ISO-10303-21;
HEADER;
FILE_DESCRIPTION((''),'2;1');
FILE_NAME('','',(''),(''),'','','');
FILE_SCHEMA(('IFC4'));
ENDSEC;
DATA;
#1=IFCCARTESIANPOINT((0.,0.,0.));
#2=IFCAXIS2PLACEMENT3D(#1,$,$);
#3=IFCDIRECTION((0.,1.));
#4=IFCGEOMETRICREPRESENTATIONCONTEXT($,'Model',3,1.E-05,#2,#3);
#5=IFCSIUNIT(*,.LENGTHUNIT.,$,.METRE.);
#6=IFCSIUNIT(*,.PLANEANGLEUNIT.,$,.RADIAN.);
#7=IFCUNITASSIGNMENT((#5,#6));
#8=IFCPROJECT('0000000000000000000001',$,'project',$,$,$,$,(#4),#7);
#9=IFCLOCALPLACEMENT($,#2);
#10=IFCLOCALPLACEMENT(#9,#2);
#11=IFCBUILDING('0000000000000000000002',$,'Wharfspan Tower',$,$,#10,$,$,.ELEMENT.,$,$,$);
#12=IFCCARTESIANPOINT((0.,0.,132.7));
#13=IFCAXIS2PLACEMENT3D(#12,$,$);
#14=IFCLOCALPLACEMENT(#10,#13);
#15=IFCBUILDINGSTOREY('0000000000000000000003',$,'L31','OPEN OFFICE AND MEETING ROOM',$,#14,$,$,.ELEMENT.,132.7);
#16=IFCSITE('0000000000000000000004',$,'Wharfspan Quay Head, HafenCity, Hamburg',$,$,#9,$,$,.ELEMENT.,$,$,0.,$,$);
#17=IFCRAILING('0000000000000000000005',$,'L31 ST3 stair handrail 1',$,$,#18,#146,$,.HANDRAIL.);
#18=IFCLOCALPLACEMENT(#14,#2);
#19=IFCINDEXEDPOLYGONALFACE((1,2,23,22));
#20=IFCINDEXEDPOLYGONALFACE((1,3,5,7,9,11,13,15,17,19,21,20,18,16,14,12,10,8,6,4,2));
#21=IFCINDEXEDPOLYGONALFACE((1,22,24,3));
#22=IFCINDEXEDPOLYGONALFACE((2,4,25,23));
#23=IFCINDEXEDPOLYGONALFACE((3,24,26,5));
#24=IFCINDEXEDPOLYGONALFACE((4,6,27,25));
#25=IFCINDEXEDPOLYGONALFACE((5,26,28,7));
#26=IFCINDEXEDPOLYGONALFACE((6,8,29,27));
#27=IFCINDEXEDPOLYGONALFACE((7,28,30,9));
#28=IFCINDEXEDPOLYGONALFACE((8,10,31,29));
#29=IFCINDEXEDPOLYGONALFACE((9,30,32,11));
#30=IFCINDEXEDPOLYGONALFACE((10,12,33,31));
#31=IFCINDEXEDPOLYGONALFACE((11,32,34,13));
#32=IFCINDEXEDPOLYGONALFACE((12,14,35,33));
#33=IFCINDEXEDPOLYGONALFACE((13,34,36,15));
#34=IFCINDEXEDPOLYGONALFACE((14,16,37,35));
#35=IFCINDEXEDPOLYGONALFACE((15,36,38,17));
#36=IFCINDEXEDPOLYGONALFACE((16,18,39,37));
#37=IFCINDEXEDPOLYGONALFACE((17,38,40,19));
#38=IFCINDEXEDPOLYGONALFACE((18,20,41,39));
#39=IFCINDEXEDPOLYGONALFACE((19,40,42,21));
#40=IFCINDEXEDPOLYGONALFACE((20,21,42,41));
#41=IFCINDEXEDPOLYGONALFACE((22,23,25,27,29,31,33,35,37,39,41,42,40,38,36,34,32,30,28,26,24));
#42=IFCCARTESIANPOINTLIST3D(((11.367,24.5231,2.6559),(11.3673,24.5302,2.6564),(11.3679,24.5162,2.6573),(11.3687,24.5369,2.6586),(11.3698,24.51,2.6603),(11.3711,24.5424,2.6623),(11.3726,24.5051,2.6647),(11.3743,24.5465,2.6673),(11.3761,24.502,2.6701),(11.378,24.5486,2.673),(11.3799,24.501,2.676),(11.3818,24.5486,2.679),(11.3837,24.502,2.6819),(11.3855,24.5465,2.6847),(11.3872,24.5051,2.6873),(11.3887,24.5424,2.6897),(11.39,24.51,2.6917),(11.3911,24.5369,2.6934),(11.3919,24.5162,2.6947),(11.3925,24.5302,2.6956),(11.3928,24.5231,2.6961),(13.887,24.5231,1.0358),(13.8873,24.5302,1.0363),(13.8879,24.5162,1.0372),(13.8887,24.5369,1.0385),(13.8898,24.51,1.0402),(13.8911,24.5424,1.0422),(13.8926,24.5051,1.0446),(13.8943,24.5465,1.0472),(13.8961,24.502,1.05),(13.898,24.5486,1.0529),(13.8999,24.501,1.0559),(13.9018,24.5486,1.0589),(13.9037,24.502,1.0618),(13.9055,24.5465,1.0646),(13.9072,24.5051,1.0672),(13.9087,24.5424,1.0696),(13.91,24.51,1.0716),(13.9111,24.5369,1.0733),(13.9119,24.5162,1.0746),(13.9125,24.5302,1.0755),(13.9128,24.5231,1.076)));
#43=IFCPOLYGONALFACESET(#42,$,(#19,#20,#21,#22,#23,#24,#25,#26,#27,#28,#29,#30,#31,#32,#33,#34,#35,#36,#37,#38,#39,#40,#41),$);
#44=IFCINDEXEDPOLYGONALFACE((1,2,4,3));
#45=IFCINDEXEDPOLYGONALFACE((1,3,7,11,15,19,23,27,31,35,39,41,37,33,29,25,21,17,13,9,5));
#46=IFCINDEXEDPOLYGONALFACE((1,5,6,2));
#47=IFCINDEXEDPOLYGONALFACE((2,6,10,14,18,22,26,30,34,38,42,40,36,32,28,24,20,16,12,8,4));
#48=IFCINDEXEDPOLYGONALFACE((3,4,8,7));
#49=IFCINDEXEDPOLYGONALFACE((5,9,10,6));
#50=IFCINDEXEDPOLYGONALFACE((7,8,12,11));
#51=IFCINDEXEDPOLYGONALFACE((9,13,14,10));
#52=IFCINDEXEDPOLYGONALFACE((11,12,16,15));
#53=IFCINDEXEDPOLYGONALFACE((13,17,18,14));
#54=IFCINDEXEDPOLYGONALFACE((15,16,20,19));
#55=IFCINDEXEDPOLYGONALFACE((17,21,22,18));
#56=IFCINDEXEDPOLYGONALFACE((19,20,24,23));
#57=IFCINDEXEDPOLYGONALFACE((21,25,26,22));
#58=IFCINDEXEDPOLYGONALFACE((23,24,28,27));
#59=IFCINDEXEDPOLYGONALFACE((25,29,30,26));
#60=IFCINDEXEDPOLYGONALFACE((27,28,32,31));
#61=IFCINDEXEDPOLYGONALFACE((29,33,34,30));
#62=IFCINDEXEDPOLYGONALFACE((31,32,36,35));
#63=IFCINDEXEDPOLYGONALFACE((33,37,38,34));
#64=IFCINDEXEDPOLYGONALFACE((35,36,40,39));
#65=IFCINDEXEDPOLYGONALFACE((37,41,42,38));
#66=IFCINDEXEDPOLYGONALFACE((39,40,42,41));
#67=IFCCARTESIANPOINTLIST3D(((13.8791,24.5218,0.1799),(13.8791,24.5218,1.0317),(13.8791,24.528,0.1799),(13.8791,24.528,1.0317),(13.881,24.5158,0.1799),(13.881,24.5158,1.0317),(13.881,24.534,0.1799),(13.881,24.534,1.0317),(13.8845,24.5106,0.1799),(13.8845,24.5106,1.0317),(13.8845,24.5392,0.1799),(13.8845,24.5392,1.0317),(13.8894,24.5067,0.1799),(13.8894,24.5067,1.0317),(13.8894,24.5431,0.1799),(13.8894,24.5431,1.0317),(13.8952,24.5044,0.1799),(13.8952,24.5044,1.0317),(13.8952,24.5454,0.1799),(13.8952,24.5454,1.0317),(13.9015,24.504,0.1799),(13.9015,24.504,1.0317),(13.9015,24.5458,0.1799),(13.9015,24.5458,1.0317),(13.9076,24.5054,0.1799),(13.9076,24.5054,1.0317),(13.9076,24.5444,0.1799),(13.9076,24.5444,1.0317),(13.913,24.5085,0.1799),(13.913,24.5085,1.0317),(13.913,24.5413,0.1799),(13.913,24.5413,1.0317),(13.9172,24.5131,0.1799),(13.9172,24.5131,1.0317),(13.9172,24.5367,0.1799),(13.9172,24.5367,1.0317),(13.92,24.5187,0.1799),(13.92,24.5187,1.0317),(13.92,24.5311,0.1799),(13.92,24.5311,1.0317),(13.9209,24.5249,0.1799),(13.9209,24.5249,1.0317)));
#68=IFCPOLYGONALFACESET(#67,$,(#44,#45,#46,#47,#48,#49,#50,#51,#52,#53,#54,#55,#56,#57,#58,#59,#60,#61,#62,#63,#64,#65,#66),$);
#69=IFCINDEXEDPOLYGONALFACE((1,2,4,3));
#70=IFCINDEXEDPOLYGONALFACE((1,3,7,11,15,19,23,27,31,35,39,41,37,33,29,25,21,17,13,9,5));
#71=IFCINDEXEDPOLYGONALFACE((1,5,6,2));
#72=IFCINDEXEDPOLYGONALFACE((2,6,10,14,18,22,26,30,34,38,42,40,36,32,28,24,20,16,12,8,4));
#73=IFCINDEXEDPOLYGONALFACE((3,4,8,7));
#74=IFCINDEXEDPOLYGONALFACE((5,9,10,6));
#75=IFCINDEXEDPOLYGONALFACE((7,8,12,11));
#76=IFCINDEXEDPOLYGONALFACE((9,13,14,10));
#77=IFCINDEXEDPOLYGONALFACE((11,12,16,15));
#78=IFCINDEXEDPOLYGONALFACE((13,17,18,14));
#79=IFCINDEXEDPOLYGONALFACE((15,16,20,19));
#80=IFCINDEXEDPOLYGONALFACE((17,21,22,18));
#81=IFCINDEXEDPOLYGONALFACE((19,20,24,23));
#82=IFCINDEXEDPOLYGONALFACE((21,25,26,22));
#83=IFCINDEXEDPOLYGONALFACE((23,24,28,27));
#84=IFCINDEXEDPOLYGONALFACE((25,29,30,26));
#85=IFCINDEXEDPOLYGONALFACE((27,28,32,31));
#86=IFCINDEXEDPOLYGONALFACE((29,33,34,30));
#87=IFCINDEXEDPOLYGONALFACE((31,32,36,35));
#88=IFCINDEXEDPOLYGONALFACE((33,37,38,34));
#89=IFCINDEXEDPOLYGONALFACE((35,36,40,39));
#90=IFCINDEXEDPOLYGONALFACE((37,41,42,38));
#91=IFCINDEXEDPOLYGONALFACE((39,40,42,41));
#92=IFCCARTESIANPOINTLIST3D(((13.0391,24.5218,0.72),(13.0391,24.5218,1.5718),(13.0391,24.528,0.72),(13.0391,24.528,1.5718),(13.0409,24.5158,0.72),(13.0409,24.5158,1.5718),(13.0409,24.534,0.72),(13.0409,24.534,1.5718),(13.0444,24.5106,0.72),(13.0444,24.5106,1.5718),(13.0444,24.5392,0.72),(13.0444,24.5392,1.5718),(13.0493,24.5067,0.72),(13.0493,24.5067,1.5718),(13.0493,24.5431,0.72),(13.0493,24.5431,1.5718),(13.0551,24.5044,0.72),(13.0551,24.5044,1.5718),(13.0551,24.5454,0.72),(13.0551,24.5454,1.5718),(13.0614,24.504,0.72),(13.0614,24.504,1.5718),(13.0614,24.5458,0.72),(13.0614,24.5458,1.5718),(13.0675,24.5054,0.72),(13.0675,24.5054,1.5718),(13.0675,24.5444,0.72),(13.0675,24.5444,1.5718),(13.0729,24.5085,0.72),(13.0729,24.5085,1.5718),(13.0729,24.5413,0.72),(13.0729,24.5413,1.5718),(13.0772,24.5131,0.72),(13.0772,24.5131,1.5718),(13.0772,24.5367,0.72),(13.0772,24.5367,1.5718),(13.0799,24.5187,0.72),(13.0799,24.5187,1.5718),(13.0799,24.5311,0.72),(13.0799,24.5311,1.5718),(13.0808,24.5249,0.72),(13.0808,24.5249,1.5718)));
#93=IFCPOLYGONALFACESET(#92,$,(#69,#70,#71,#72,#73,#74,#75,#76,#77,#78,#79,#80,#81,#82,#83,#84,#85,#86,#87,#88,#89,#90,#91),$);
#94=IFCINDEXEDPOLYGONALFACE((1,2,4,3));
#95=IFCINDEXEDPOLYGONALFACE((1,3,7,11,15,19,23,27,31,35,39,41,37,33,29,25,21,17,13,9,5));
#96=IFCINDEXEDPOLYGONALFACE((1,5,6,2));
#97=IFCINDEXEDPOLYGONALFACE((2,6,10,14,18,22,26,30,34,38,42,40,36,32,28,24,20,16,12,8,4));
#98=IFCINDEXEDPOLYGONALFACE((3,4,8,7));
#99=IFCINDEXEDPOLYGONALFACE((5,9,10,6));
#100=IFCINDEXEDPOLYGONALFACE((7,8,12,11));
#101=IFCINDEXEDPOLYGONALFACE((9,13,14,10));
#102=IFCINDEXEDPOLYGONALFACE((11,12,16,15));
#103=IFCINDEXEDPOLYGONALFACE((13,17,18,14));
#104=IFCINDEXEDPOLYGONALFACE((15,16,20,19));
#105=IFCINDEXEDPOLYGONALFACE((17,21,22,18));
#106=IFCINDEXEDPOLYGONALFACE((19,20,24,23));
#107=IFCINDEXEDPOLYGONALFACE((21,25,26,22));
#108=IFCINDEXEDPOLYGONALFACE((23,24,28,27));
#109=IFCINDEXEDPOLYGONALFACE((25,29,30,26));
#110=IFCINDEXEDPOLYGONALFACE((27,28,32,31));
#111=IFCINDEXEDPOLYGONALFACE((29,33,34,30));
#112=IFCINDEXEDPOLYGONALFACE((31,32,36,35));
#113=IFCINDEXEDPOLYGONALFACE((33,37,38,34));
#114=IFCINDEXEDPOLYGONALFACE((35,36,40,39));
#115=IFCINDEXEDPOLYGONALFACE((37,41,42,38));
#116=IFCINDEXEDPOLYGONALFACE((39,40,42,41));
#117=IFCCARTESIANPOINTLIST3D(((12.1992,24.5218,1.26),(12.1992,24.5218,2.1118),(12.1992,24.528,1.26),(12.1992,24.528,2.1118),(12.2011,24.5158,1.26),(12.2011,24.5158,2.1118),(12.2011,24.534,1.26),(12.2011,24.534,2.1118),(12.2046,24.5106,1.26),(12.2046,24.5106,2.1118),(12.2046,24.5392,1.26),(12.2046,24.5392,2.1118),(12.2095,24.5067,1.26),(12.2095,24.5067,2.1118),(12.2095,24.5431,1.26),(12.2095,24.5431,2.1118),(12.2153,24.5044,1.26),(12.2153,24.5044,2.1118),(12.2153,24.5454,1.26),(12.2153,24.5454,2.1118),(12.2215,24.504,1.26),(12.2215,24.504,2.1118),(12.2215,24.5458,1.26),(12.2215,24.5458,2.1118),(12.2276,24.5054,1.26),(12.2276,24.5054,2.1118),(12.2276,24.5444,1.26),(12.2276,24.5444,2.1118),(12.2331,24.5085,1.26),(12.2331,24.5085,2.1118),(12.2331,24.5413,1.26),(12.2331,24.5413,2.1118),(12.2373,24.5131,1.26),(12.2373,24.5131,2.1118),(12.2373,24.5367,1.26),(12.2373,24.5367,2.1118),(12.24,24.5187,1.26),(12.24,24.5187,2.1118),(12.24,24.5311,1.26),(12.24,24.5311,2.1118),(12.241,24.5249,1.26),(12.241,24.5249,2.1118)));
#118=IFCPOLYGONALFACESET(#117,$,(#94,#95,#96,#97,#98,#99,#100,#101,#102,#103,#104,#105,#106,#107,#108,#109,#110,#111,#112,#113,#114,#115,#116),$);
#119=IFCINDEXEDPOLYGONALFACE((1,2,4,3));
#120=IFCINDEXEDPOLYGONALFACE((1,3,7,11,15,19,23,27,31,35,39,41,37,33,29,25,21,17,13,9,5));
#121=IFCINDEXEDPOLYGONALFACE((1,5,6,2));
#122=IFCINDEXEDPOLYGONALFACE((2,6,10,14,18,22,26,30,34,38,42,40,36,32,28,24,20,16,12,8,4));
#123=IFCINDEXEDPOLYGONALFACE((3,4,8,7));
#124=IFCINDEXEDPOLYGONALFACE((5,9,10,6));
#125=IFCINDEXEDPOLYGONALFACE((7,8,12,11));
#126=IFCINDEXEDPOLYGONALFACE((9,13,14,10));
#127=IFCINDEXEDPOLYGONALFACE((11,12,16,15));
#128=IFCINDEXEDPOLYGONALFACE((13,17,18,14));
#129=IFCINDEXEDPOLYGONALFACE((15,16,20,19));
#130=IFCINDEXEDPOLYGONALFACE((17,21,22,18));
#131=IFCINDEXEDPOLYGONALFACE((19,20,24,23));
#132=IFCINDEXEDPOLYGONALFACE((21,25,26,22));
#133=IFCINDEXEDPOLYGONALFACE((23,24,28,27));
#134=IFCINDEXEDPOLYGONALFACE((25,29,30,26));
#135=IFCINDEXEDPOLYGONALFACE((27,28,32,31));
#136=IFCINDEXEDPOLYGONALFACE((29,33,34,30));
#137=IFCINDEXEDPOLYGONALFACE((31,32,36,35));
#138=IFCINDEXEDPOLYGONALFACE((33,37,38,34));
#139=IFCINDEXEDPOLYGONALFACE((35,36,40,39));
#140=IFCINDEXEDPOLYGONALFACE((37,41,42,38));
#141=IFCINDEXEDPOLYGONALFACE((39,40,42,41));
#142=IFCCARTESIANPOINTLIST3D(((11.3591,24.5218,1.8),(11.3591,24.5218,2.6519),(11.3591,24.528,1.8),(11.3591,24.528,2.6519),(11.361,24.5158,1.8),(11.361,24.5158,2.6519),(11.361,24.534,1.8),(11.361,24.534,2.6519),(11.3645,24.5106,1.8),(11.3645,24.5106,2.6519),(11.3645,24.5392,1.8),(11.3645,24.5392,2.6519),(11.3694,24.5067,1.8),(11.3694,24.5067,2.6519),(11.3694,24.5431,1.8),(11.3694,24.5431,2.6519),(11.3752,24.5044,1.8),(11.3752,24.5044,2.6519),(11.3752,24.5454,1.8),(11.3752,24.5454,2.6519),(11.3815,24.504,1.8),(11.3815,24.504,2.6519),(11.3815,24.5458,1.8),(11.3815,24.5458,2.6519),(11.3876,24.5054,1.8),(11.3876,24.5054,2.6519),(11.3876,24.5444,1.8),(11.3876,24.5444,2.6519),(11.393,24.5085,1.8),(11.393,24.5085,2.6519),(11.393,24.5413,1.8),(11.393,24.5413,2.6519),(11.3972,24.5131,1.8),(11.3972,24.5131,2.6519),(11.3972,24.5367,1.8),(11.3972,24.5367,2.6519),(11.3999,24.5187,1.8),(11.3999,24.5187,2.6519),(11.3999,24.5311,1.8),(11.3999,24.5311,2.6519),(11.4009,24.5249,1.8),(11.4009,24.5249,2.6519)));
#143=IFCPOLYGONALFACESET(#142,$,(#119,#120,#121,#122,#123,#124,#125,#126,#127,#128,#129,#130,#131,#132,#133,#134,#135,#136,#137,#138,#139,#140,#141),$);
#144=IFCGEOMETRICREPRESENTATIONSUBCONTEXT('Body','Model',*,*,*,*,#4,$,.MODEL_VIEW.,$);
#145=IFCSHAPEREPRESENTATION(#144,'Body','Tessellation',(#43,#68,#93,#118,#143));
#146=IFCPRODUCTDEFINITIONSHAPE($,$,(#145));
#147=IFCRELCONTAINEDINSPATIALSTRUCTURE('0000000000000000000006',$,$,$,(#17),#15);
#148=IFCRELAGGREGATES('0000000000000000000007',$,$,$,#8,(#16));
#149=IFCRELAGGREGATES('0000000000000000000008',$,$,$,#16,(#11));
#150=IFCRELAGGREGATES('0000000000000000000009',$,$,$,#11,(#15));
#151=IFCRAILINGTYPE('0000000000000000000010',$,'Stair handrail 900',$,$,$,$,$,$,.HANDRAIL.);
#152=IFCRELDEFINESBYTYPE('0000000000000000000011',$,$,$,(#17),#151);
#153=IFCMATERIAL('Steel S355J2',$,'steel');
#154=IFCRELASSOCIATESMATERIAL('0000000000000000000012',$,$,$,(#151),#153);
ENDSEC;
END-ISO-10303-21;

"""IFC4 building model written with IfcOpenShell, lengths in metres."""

from ifc_helpers import new_model, si_unit, direction, frame, origin, origin_2d, place, context, subcontext, project, spatial, circle, extrude, material, type_object, element, save


model = new_model("IFC4")

# Units and contexts
model_context = context("Model", 3, precision=1e-05, world=origin(), true_north=direction((0.0, 1.0)))
body_context = subcontext(model_context, "Body", "Model", "MODEL_VIEW")
ifc_project = project(units=[si_unit("LENGTHUNIT", "METRE"), si_unit("PLANEANGLEUNIT", "RADIAN")], contexts=[model_context])

# Site, building, storey
site_placement = place(None, origin())
site = spatial("IfcSite", under=ifc_project, at=site_placement, Name="Wharfspan Quay Head, HafenCity, Hamburg", CompositionType="ELEMENT", RefElevation=0.0)
building_placement = place(site_placement, origin())
building = spatial("IfcBuilding", under=site, at=building_placement, Name="Wharfspan Tower", CompositionType="ELEMENT")
storey_placement = place(building_placement, frame((0.0, 0.0, 132.7)))
storey = spatial("IfcBuildingStorey", under=building, at=storey_placement, Name="L31", Description="OPEN OFFICE AND MEETING ROOM", CompositionType="ELEMENT", Elevation=132.7)

# Shared definitions
ifc_material_1 = material(Name="Steel S355J2", Category="steel")

# Railing
railing_type_1 = type_object("IfcRailingType", Name="Stair handrail 900", PredefinedType="HANDRAIL", material=ifc_material_1)
railing_1_placement = place(storey_placement, frame((13.8999, 24.5249, 0.1799)))
element("IfcRailing", 1, at=railing_1_placement, inside=storey, type_object=railing_type_1, Name="L31 ST3 stair handrail 1", PredefinedType="HANDRAIL", context=body_context, shape_type="SweptSolid", body=[
    extrude(circle(Radius=0.0239, at=origin_2d()), frame((0.0, 0.0, 0.876), z_axis=(-0.841163, 0.0, 0.540782), x_axis=(0.0, -1.0, 0.0)), (0.0, 0.0, 1.0), 2.9958),
    extrude(circle(Radius=0.021, at=origin_2d()), origin(), (0.0, 0.0, 1.0), 0.8518),
    extrude(circle(Radius=0.021, at=origin_2d()), frame((-0.8401, 0.0, 0.54)), (0.0, 0.0, 1.0), 0.8518),
    extrude(circle(Radius=0.021, at=origin_2d()), frame((-1.6799, 0.0, 1.0801)), (0.0, 0.0, 1.0), 0.8518),
    extrude(circle(Radius=0.021, at=origin_2d()), frame((-2.52, 0.0, 1.6201)), (0.0, 0.0, 1.0), 0.8518),
])

save(model, "model.ifc")
